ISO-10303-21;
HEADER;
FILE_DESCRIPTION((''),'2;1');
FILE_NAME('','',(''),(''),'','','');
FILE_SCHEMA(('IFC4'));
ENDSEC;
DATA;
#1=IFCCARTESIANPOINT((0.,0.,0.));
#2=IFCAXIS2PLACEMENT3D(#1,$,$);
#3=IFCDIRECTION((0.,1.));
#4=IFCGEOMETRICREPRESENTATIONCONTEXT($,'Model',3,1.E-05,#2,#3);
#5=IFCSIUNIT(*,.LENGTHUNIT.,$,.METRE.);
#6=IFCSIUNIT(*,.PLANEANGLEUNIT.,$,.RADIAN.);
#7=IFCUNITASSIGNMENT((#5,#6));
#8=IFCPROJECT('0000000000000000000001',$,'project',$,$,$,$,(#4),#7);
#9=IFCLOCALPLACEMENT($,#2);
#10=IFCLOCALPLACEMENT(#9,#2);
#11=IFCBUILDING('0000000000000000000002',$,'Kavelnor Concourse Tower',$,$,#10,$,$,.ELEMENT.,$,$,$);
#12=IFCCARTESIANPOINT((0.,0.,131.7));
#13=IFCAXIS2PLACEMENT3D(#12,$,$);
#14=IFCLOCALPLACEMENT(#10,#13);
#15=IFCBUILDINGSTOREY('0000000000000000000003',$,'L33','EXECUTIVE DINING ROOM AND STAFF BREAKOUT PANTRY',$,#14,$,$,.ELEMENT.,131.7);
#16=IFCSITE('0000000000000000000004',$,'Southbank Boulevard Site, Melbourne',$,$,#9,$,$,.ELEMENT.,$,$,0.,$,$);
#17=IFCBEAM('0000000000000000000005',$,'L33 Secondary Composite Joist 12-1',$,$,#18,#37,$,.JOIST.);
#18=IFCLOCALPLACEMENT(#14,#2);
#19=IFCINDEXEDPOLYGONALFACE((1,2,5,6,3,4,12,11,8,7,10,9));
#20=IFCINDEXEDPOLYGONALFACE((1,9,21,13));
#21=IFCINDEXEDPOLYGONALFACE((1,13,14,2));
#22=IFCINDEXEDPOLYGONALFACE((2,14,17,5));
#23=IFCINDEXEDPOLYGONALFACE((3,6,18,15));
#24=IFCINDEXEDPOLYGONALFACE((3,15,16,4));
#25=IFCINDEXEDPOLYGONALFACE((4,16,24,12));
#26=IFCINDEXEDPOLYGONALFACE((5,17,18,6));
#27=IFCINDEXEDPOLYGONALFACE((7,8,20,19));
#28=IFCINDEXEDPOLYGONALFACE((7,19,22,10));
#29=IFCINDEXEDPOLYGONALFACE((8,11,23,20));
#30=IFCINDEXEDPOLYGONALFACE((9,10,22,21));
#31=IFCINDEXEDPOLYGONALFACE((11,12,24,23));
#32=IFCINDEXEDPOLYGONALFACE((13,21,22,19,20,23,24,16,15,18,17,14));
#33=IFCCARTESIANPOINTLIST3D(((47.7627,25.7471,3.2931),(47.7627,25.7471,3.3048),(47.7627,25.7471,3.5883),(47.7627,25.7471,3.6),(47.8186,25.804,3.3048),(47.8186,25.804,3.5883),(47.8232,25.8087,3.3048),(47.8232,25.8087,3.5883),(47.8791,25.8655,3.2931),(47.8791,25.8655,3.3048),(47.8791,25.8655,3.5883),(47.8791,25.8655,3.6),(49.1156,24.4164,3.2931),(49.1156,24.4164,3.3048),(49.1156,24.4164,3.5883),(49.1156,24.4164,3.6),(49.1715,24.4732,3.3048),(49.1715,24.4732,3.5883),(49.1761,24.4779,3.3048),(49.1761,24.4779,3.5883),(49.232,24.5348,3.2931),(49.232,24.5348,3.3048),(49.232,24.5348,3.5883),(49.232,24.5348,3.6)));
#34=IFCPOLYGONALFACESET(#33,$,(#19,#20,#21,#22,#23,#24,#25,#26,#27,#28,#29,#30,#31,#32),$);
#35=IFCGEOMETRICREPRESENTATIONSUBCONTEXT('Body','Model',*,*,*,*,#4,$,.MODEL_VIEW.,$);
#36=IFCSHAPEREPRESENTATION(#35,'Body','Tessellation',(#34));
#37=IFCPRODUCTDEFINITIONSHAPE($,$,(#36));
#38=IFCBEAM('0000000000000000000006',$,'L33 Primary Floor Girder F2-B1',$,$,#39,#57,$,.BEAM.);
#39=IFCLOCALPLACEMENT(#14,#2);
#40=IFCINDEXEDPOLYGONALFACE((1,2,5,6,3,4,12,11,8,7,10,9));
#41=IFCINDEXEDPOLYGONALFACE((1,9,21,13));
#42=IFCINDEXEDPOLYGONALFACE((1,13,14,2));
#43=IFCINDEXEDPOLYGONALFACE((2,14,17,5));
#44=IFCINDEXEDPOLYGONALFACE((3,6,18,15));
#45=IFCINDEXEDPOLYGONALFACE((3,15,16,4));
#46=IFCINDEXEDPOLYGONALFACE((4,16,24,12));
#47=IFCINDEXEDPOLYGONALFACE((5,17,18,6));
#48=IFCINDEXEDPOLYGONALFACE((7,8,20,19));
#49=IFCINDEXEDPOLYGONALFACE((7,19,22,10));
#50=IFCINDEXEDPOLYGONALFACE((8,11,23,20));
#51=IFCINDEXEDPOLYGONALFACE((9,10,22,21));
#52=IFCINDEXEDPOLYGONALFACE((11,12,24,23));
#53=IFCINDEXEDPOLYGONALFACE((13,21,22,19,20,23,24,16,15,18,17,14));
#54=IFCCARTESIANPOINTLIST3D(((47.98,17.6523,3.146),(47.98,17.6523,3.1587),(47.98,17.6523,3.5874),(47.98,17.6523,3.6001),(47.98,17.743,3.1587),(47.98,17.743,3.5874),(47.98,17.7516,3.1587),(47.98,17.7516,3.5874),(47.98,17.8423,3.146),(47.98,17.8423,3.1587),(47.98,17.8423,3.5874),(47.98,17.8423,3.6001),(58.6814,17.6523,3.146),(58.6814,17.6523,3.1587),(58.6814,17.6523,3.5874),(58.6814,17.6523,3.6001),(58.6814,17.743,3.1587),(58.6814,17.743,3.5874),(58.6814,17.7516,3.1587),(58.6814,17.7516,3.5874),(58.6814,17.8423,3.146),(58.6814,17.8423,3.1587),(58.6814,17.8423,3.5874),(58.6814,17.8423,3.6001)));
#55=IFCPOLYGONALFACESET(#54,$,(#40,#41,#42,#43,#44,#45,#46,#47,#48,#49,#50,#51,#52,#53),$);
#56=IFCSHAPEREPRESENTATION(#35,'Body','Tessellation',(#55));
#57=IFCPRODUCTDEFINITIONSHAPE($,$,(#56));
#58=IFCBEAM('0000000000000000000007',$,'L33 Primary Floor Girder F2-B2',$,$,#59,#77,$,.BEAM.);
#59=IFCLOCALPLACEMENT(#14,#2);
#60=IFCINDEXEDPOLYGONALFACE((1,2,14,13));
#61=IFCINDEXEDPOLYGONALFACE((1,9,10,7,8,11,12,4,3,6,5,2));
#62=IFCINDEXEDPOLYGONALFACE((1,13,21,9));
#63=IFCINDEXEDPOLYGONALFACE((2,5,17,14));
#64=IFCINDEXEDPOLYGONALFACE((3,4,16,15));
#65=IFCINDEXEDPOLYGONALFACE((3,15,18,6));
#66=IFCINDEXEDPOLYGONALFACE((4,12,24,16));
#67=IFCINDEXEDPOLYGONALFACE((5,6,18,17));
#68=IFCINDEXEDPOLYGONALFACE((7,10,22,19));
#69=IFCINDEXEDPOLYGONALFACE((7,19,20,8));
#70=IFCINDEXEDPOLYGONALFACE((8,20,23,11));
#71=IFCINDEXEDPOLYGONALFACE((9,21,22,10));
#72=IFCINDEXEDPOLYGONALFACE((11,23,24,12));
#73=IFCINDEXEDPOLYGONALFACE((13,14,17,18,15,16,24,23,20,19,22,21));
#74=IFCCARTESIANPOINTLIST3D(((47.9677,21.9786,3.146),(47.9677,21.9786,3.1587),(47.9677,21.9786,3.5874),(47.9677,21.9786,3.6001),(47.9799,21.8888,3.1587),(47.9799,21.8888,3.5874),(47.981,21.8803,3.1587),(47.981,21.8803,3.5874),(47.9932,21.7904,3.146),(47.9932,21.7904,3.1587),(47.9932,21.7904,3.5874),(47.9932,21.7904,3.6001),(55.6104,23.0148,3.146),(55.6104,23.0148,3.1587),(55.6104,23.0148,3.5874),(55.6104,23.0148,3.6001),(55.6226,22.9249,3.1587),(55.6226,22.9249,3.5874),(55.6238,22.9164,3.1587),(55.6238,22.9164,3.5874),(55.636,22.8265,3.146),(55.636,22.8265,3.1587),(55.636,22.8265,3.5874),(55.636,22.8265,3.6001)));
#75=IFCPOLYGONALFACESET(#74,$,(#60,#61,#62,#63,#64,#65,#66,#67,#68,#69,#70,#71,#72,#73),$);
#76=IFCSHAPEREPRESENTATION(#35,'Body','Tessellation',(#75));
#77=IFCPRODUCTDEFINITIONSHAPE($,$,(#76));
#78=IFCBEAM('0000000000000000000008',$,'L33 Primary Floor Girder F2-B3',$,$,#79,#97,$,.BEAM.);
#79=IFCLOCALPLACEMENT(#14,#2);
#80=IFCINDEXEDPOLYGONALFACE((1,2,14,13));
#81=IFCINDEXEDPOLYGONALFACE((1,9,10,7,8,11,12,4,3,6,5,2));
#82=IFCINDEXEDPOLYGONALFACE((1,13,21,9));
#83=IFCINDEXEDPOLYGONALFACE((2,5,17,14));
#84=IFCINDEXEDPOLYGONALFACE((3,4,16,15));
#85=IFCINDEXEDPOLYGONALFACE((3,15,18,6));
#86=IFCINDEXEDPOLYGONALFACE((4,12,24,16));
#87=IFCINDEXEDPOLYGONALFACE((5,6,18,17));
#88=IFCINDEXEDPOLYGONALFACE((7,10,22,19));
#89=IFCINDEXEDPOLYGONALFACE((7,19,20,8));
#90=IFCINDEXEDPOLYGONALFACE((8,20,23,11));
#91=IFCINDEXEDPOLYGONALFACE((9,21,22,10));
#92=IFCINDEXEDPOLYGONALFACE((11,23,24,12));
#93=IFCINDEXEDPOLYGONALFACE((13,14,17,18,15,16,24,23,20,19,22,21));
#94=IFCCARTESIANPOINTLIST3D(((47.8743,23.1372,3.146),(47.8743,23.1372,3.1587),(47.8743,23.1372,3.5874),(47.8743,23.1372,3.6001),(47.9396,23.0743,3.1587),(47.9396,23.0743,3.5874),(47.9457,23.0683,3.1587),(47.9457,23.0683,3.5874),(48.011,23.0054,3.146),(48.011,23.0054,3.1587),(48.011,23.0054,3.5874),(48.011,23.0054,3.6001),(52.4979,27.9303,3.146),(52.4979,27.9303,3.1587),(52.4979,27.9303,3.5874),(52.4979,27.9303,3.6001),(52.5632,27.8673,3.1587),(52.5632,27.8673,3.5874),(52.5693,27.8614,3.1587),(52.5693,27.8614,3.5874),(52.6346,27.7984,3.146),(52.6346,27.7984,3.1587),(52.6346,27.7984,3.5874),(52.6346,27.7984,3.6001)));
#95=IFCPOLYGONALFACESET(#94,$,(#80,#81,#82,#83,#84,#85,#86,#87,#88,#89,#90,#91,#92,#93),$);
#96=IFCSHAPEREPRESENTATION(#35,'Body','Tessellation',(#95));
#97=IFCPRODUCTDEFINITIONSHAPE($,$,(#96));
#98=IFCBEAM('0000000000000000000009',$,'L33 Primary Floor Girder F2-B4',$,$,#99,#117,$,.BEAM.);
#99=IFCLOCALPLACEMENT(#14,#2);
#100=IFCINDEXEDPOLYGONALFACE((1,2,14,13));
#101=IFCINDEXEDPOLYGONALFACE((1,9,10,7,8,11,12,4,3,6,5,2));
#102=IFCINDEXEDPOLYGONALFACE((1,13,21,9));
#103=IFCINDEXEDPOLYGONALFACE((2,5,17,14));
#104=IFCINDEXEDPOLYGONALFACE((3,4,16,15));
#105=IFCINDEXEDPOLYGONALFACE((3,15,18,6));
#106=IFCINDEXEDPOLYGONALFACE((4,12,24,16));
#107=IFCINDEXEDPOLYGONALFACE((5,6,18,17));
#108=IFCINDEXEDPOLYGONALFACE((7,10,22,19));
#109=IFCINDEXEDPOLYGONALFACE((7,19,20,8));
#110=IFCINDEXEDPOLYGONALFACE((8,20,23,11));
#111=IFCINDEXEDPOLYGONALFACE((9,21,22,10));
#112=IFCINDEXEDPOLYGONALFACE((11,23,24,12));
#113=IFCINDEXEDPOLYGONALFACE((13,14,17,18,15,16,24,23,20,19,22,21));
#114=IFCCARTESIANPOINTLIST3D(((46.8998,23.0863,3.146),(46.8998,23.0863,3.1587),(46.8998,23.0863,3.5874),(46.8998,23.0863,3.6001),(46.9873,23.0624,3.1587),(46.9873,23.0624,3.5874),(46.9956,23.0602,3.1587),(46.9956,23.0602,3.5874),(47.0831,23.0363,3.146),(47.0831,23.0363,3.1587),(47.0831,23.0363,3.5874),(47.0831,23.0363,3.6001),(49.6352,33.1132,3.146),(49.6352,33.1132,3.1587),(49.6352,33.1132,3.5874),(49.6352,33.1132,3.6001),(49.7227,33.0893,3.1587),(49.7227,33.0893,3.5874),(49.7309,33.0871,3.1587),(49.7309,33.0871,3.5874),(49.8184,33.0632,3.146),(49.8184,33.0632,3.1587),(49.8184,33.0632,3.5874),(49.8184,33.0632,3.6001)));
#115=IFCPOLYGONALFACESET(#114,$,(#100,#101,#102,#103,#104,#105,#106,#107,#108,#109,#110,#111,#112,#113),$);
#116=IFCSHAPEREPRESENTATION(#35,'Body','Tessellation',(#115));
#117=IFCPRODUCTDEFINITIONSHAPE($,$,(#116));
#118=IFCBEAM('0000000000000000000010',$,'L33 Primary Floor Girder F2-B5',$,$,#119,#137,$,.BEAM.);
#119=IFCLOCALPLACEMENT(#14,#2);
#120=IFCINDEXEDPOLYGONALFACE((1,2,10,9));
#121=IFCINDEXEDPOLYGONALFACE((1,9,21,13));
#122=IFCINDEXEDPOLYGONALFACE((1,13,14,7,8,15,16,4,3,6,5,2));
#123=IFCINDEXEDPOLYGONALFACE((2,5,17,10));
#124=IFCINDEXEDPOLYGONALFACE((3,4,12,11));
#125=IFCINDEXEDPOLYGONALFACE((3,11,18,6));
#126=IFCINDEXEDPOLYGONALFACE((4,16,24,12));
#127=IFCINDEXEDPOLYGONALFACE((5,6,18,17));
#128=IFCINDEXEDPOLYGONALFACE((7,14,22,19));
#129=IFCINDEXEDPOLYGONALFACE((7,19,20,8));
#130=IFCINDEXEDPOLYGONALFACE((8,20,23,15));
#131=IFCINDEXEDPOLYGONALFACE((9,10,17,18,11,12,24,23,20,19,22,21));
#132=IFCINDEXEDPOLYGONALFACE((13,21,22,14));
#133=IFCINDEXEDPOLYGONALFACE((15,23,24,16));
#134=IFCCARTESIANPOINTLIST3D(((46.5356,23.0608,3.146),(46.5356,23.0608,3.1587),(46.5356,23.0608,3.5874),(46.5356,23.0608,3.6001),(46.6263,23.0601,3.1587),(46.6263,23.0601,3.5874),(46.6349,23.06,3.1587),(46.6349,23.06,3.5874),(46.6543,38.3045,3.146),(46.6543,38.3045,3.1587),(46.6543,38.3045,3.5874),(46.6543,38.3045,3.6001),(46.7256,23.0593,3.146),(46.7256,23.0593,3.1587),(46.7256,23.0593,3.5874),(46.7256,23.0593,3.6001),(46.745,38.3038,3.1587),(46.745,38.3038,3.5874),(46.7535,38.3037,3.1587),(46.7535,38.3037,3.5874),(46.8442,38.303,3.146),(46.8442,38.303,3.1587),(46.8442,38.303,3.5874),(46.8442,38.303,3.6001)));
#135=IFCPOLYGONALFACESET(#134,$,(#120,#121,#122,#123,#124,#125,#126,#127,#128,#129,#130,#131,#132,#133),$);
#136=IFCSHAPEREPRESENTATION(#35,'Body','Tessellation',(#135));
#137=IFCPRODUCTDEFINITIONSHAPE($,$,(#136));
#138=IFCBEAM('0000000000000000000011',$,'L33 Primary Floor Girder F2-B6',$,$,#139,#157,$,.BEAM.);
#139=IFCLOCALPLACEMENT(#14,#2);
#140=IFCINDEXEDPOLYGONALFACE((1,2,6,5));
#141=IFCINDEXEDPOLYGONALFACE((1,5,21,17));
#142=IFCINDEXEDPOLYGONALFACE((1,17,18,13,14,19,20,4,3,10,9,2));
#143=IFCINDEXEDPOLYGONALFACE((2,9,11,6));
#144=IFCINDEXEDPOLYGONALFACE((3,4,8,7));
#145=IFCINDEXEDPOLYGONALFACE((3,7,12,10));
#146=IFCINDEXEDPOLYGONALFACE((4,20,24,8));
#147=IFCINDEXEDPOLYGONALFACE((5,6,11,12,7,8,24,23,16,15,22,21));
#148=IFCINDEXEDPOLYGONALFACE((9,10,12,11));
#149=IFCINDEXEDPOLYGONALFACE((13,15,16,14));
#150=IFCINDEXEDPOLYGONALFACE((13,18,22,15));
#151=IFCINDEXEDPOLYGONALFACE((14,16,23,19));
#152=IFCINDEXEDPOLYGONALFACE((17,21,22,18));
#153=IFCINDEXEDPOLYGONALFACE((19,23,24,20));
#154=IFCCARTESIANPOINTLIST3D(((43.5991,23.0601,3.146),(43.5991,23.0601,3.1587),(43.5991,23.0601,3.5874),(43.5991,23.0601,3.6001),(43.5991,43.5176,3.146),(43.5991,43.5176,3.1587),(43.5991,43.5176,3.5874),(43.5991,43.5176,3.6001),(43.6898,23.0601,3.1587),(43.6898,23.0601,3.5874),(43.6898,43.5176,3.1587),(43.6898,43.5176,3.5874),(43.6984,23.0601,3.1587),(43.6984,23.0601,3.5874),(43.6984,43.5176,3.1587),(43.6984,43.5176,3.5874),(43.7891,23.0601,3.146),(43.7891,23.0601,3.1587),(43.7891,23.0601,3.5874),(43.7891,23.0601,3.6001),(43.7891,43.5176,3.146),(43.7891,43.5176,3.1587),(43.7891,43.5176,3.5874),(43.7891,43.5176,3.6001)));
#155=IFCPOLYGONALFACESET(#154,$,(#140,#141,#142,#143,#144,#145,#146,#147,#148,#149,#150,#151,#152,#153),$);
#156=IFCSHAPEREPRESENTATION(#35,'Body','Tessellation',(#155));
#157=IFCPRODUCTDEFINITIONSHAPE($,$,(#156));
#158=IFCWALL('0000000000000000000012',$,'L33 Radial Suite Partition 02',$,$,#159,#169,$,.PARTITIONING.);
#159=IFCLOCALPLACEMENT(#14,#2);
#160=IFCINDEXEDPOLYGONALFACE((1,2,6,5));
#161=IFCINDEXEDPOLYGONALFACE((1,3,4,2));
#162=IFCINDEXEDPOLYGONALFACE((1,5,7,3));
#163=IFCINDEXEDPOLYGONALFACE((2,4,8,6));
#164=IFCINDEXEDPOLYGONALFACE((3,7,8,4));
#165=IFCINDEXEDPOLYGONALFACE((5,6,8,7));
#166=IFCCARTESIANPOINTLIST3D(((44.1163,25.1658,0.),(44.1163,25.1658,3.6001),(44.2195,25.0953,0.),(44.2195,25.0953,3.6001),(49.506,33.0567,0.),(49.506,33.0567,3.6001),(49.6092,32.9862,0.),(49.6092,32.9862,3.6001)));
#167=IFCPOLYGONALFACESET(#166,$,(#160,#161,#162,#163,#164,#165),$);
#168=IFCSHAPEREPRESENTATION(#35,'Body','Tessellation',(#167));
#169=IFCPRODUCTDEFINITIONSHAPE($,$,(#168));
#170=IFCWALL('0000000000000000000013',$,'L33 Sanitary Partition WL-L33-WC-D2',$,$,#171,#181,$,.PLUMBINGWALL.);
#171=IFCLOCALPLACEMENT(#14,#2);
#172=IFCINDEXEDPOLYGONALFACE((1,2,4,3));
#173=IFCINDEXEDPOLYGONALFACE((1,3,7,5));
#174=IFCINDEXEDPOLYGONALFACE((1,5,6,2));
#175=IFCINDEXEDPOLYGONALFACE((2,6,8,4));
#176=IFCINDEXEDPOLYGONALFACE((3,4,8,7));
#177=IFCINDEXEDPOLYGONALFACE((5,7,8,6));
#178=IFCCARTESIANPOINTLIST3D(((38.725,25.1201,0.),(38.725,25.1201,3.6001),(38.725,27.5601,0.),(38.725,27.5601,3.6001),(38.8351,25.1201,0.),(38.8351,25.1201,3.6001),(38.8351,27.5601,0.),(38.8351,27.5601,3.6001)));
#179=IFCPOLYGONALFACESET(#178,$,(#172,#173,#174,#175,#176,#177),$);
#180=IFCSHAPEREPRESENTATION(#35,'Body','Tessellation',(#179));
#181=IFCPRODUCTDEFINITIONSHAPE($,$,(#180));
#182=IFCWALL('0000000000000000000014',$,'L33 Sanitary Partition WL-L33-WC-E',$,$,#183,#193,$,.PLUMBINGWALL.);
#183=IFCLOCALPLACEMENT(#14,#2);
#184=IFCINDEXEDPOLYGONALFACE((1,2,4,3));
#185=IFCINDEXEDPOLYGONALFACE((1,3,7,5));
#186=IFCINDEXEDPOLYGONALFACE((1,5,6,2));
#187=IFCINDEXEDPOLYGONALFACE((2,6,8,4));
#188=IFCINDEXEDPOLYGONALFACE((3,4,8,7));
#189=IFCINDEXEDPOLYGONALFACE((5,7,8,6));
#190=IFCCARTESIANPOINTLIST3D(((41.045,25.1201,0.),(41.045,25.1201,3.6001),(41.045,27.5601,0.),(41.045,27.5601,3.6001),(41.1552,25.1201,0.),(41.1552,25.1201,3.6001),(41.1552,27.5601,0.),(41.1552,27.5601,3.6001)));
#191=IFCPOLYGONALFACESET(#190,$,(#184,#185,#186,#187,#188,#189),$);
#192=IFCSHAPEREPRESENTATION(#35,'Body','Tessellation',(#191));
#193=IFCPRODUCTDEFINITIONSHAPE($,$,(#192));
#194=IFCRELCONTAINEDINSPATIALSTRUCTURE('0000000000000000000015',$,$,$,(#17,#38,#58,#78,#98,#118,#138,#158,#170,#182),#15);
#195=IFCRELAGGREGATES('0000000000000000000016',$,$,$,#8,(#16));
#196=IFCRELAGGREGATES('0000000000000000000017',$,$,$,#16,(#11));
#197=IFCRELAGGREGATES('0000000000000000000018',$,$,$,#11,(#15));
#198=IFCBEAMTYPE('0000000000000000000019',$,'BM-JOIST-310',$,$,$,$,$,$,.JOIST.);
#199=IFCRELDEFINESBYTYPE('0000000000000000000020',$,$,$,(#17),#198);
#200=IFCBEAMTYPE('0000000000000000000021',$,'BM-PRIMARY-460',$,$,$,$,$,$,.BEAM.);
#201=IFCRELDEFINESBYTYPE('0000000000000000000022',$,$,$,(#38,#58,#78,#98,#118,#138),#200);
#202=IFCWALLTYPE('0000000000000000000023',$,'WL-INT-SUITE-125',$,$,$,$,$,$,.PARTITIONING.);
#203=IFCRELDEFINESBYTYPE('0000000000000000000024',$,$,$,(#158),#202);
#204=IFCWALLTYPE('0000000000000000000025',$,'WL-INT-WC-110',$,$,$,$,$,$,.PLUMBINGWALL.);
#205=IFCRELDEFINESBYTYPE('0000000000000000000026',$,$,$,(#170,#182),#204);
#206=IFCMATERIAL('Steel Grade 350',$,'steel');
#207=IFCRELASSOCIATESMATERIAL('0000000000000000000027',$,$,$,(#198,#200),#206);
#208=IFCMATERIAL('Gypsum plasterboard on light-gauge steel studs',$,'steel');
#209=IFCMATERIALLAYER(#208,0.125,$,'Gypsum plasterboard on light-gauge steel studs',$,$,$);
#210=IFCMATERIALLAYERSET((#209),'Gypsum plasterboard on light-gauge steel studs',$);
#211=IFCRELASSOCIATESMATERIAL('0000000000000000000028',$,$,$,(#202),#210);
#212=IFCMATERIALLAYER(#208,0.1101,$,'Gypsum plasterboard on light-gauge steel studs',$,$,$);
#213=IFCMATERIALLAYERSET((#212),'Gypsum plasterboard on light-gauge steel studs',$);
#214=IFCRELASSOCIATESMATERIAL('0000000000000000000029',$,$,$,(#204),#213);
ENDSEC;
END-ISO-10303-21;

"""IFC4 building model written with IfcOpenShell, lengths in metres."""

from ifc_helpers import new_model, si_unit, direction, frame, frame_2d, origin, origin_2d, place, context, subcontext, project, spatial, rectangle, i_section, extrude, material, layer, layer_set, material_profile, profile_set, type_object, element, save


model = new_model("IFC4")

# Units and contexts
model_context = context("Model", 3, precision=1e-05, world=origin(), true_north=direction((0.0, 1.0)))
body_context = subcontext(model_context, "Body", "Model", "MODEL_VIEW")
ifc_project = project(units=[si_unit("LENGTHUNIT", "METRE"), si_unit("PLANEANGLEUNIT", "RADIAN")], contexts=[model_context])

# Site, building, storey
site_placement = place(None, origin())
site = spatial("IfcSite", under=ifc_project, at=site_placement, Name="Southbank Boulevard Site, Melbourne", CompositionType="ELEMENT", RefElevation=0.0)
building_placement = place(site_placement, origin())
building = spatial("IfcBuilding", under=site, at=building_placement, Name="Kavelnor Concourse Tower", CompositionType="ELEMENT")
storey_placement = place(building_placement, frame((0.0, 0.0, 131.7)))
storey = spatial("IfcBuildingStorey", under=building, at=storey_placement, Name="L33", Description="EXECUTIVE DINING ROOM AND STAFF BREAKOUT PANTRY", CompositionType="ELEMENT", Elevation=131.7)

# Beams
ifc_material_1 = material(Name="Steel Grade 350", Category="steel")
ifc_material_profile_1 = material_profile(ifc_material_1, i_section(OverallWidth=0.166, OverallDepth=0.3069, WebThickness=0.0066, FlangeThickness=0.0117, at=origin_2d()), Name="310UB46")
ifc_profile_set_1 = profile_set([ifc_material_profile_1], Name="Steel Grade 350")
beam_type_1 = type_object("IfcBeamType", Name="BM-JOIST-310", PredefinedType="JOIST", material=ifc_profile_set_1)
beam_1_placement = place(storey_placement, frame((49.1738, 24.4756, 3.4465), z_axis=(-0.712936, 0.701229, 0.0), x_axis=(-0.701229, -0.712936, 0.0)))
element("IfcBeam", 1, at=beam_1_placement, inside=storey, type_object=beam_type_1, Name="L33 Secondary Composite Joist 12-1", PredefinedType="JOIST", context=body_context, shape_type="SweptSolid", body=[
    extrude(i_section(OverallWidth=0.166, OverallDepth=0.3069, WebThickness=0.0066, FlangeThickness=0.0117, at=origin_2d()), origin(), (0.0, 0.0, 1.0), 1.8977),
])
ifc_material_profile_2 = material_profile(ifc_material_1, i_section(OverallWidth=0.1899, OverallDepth=0.4541, WebThickness=0.0085, FlangeThickness=0.0127, at=origin_2d()), Name="460UB67")
ifc_profile_set_2 = profile_set([ifc_material_profile_2], Name="Steel Grade 350")
beam_type_2 = type_object("IfcBeamType", Name="BM-PRIMARY-460", PredefinedType="BEAM", material=ifc_profile_set_2)
beam_2_placement = place(storey_placement, frame((47.98, 17.7473, 3.373), z_axis=(1.0, 0.0, 0.0), x_axis=(0.0, 1.0, 0.0)))
element("IfcBeam", 2, at=beam_2_placement, inside=storey, type_object=beam_type_2, Name="L33 Primary Floor Girder F2-B1", PredefinedType="BEAM", context=body_context, shape_type="SweptSolid", body=[
    extrude(i_section(OverallWidth=0.1899, OverallDepth=0.4541, WebThickness=0.0085, FlangeThickness=0.0127, at=origin_2d()), origin(), (0.0, 0.0, 1.0), 10.7014),
])
beam_3_placement = place(storey_placement, frame((47.9805, 21.8845, 3.373), z_axis=(0.990935, 0.13434, 0.0), x_axis=(-0.13434, 0.990935, 0.0)))
element("IfcBeam", 3, at=beam_3_placement, inside=storey, type_object=beam_type_2, Name="L33 Primary Floor Girder F2-B2", PredefinedType="BEAM", context=body_context, shape_type="SweptSolid", body=[
    extrude(i_section(OverallWidth=0.1899, OverallDepth=0.4541, WebThickness=0.0085, FlangeThickness=0.0127, at=origin_2d()), origin(), (0.0, 0.0, 1.0), 7.7126),
])
beam_4_placement = place(storey_placement, frame((47.9426, 23.0713, 3.373), z_axis=(0.694271, 0.719713, 0.0), x_axis=(-0.719713, 0.694271, 0.0)))
element("IfcBeam", 4, at=beam_4_placement, inside=storey, type_object=beam_type_2, Name="L33 Primary Floor Girder F2-B3", PredefinedType="BEAM", context=body_context, shape_type="SweptSolid", body=[
    extrude(i_section(OverallWidth=0.1899, OverallDepth=0.4541, WebThickness=0.0085, FlangeThickness=0.0127, at=origin_2d()), origin(), (0.0, 0.0, 1.0), 6.6597),
])
beam_5_placement = place(storey_placement, frame((46.9915, 23.0613, 3.373), z_axis=(0.263185, 0.964745, 0.0), x_axis=(-0.964745, 0.263185, 0.0)))
element("IfcBeam", 5, at=beam_5_placement, inside=storey, type_object=beam_type_2, Name="L33 Primary Floor Girder F2-B4", PredefinedType="BEAM", context=body_context, shape_type="SweptSolid", body=[
    extrude(i_section(OverallWidth=0.1899, OverallDepth=0.4541, WebThickness=0.0085, FlangeThickness=0.0127, at=origin_2d()), origin(), (0.0, 0.0, 1.0), 10.3933),
])
beam_6_placement = place(storey_placement, frame((46.6306, 23.0601, 3.373), z_axis=(0.007783, 0.99997, 0.0), x_axis=(-0.99997, 0.007783, 0.0)))
element("IfcBeam", 6, at=beam_6_placement, inside=storey, type_object=beam_type_2, Name="L33 Primary Floor Girder F2-B5", PredefinedType="BEAM", context=body_context, shape_type="SweptSolid", body=[
    extrude(i_section(OverallWidth=0.1899, OverallDepth=0.4541, WebThickness=0.0085, FlangeThickness=0.0127, at=origin_2d()), origin(), (0.0, 0.0, 1.0), 15.2441),
])
beam_7_placement = place(storey_placement, frame((43.6941, 23.0601, 3.373), z_axis=(0.0, 1.0, 0.0), x_axis=(-1.0, 0.0, 0.0)))
element("IfcBeam", 7, at=beam_7_placement, inside=storey, type_object=beam_type_2, Name="L33 Primary Floor Girder F2-B6", PredefinedType="BEAM", context=body_context, shape_type="SweptSolid", body=[
    extrude(i_section(OverallWidth=0.1899, OverallDepth=0.4541, WebThickness=0.0085, FlangeThickness=0.0127, at=origin_2d()), origin(), (0.0, 0.0, 1.0), 20.4575),
])

# Walls
ifc_material_2 = material(Name="Gypsum plasterboard on light-gauge steel studs", Category="steel")
ifc_layer_1 = layer(ifc_material_2, 0.125, Name="Gypsum plasterboard on light-gauge steel studs")
ifc_layer_set_1 = layer_set([ifc_layer_1], Name="Gypsum plasterboard on light-gauge steel studs")
wall_type_1 = type_object("IfcWallType", Name="WL-INT-SUITE-125", PredefinedType="PARTITIONING", material=ifc_layer_set_1)
wall_1_placement = place(storey_placement, frame((44.168, 25.1306, 0.0), z_axis=(0.0, 0.0, 1.0), x_axis=(0.564016, 0.825764, 0.0)))
element("IfcWall", 8, at=wall_1_placement, inside=storey, type_object=wall_type_1, Name="L33 Radial Suite Partition 02", PredefinedType="PARTITIONING", context=body_context, shape_type="SweptSolid", body=[
    extrude(rectangle(XDim=9.5559, YDim=0.125, at=frame_2d((4.7778, 0.0))), origin(), (0.0, 0.0, 1.0), 3.6001),
])
ifc_layer_2 = layer(ifc_material_2, 0.1101, Name="Gypsum plasterboard on light-gauge steel studs")
ifc_layer_set_2 = layer_set([ifc_layer_2], Name="Gypsum plasterboard on light-gauge steel studs")
wall_type_2 = type_object("IfcWallType", Name="WL-INT-WC-110", PredefinedType="PLUMBINGWALL", material=ifc_layer_set_2)
for number, where, z_axis, x_axis, name in (
    (9, (38.78, 25.1201, 0.0), (0.0, 0.0, 1.0), (0.0, 1.0, 0.0), "L33 Sanitary Partition WL-L33-WC-D2"),
    (10, (41.1001, 25.1201, 0.0), (0.0, 0.0, 1.0), (0.0, 1.0, 0.0), "L33 Sanitary Partition WL-L33-WC-E"),
):
    element("IfcWall", number, at=place(storey_placement, frame(where, z_axis=z_axis, x_axis=x_axis)), inside=storey, type_object=wall_type_2, Name=name, PredefinedType="PLUMBINGWALL", context=body_context, shape_type="SweptSolid", body=[
        extrude(rectangle(XDim=2.4399, YDim=0.1101, at=frame_2d((1.22, 0.0))), origin(), (0.0, 0.0, 1.0), 3.6001),
    ])

save(model, "model.ifc")
